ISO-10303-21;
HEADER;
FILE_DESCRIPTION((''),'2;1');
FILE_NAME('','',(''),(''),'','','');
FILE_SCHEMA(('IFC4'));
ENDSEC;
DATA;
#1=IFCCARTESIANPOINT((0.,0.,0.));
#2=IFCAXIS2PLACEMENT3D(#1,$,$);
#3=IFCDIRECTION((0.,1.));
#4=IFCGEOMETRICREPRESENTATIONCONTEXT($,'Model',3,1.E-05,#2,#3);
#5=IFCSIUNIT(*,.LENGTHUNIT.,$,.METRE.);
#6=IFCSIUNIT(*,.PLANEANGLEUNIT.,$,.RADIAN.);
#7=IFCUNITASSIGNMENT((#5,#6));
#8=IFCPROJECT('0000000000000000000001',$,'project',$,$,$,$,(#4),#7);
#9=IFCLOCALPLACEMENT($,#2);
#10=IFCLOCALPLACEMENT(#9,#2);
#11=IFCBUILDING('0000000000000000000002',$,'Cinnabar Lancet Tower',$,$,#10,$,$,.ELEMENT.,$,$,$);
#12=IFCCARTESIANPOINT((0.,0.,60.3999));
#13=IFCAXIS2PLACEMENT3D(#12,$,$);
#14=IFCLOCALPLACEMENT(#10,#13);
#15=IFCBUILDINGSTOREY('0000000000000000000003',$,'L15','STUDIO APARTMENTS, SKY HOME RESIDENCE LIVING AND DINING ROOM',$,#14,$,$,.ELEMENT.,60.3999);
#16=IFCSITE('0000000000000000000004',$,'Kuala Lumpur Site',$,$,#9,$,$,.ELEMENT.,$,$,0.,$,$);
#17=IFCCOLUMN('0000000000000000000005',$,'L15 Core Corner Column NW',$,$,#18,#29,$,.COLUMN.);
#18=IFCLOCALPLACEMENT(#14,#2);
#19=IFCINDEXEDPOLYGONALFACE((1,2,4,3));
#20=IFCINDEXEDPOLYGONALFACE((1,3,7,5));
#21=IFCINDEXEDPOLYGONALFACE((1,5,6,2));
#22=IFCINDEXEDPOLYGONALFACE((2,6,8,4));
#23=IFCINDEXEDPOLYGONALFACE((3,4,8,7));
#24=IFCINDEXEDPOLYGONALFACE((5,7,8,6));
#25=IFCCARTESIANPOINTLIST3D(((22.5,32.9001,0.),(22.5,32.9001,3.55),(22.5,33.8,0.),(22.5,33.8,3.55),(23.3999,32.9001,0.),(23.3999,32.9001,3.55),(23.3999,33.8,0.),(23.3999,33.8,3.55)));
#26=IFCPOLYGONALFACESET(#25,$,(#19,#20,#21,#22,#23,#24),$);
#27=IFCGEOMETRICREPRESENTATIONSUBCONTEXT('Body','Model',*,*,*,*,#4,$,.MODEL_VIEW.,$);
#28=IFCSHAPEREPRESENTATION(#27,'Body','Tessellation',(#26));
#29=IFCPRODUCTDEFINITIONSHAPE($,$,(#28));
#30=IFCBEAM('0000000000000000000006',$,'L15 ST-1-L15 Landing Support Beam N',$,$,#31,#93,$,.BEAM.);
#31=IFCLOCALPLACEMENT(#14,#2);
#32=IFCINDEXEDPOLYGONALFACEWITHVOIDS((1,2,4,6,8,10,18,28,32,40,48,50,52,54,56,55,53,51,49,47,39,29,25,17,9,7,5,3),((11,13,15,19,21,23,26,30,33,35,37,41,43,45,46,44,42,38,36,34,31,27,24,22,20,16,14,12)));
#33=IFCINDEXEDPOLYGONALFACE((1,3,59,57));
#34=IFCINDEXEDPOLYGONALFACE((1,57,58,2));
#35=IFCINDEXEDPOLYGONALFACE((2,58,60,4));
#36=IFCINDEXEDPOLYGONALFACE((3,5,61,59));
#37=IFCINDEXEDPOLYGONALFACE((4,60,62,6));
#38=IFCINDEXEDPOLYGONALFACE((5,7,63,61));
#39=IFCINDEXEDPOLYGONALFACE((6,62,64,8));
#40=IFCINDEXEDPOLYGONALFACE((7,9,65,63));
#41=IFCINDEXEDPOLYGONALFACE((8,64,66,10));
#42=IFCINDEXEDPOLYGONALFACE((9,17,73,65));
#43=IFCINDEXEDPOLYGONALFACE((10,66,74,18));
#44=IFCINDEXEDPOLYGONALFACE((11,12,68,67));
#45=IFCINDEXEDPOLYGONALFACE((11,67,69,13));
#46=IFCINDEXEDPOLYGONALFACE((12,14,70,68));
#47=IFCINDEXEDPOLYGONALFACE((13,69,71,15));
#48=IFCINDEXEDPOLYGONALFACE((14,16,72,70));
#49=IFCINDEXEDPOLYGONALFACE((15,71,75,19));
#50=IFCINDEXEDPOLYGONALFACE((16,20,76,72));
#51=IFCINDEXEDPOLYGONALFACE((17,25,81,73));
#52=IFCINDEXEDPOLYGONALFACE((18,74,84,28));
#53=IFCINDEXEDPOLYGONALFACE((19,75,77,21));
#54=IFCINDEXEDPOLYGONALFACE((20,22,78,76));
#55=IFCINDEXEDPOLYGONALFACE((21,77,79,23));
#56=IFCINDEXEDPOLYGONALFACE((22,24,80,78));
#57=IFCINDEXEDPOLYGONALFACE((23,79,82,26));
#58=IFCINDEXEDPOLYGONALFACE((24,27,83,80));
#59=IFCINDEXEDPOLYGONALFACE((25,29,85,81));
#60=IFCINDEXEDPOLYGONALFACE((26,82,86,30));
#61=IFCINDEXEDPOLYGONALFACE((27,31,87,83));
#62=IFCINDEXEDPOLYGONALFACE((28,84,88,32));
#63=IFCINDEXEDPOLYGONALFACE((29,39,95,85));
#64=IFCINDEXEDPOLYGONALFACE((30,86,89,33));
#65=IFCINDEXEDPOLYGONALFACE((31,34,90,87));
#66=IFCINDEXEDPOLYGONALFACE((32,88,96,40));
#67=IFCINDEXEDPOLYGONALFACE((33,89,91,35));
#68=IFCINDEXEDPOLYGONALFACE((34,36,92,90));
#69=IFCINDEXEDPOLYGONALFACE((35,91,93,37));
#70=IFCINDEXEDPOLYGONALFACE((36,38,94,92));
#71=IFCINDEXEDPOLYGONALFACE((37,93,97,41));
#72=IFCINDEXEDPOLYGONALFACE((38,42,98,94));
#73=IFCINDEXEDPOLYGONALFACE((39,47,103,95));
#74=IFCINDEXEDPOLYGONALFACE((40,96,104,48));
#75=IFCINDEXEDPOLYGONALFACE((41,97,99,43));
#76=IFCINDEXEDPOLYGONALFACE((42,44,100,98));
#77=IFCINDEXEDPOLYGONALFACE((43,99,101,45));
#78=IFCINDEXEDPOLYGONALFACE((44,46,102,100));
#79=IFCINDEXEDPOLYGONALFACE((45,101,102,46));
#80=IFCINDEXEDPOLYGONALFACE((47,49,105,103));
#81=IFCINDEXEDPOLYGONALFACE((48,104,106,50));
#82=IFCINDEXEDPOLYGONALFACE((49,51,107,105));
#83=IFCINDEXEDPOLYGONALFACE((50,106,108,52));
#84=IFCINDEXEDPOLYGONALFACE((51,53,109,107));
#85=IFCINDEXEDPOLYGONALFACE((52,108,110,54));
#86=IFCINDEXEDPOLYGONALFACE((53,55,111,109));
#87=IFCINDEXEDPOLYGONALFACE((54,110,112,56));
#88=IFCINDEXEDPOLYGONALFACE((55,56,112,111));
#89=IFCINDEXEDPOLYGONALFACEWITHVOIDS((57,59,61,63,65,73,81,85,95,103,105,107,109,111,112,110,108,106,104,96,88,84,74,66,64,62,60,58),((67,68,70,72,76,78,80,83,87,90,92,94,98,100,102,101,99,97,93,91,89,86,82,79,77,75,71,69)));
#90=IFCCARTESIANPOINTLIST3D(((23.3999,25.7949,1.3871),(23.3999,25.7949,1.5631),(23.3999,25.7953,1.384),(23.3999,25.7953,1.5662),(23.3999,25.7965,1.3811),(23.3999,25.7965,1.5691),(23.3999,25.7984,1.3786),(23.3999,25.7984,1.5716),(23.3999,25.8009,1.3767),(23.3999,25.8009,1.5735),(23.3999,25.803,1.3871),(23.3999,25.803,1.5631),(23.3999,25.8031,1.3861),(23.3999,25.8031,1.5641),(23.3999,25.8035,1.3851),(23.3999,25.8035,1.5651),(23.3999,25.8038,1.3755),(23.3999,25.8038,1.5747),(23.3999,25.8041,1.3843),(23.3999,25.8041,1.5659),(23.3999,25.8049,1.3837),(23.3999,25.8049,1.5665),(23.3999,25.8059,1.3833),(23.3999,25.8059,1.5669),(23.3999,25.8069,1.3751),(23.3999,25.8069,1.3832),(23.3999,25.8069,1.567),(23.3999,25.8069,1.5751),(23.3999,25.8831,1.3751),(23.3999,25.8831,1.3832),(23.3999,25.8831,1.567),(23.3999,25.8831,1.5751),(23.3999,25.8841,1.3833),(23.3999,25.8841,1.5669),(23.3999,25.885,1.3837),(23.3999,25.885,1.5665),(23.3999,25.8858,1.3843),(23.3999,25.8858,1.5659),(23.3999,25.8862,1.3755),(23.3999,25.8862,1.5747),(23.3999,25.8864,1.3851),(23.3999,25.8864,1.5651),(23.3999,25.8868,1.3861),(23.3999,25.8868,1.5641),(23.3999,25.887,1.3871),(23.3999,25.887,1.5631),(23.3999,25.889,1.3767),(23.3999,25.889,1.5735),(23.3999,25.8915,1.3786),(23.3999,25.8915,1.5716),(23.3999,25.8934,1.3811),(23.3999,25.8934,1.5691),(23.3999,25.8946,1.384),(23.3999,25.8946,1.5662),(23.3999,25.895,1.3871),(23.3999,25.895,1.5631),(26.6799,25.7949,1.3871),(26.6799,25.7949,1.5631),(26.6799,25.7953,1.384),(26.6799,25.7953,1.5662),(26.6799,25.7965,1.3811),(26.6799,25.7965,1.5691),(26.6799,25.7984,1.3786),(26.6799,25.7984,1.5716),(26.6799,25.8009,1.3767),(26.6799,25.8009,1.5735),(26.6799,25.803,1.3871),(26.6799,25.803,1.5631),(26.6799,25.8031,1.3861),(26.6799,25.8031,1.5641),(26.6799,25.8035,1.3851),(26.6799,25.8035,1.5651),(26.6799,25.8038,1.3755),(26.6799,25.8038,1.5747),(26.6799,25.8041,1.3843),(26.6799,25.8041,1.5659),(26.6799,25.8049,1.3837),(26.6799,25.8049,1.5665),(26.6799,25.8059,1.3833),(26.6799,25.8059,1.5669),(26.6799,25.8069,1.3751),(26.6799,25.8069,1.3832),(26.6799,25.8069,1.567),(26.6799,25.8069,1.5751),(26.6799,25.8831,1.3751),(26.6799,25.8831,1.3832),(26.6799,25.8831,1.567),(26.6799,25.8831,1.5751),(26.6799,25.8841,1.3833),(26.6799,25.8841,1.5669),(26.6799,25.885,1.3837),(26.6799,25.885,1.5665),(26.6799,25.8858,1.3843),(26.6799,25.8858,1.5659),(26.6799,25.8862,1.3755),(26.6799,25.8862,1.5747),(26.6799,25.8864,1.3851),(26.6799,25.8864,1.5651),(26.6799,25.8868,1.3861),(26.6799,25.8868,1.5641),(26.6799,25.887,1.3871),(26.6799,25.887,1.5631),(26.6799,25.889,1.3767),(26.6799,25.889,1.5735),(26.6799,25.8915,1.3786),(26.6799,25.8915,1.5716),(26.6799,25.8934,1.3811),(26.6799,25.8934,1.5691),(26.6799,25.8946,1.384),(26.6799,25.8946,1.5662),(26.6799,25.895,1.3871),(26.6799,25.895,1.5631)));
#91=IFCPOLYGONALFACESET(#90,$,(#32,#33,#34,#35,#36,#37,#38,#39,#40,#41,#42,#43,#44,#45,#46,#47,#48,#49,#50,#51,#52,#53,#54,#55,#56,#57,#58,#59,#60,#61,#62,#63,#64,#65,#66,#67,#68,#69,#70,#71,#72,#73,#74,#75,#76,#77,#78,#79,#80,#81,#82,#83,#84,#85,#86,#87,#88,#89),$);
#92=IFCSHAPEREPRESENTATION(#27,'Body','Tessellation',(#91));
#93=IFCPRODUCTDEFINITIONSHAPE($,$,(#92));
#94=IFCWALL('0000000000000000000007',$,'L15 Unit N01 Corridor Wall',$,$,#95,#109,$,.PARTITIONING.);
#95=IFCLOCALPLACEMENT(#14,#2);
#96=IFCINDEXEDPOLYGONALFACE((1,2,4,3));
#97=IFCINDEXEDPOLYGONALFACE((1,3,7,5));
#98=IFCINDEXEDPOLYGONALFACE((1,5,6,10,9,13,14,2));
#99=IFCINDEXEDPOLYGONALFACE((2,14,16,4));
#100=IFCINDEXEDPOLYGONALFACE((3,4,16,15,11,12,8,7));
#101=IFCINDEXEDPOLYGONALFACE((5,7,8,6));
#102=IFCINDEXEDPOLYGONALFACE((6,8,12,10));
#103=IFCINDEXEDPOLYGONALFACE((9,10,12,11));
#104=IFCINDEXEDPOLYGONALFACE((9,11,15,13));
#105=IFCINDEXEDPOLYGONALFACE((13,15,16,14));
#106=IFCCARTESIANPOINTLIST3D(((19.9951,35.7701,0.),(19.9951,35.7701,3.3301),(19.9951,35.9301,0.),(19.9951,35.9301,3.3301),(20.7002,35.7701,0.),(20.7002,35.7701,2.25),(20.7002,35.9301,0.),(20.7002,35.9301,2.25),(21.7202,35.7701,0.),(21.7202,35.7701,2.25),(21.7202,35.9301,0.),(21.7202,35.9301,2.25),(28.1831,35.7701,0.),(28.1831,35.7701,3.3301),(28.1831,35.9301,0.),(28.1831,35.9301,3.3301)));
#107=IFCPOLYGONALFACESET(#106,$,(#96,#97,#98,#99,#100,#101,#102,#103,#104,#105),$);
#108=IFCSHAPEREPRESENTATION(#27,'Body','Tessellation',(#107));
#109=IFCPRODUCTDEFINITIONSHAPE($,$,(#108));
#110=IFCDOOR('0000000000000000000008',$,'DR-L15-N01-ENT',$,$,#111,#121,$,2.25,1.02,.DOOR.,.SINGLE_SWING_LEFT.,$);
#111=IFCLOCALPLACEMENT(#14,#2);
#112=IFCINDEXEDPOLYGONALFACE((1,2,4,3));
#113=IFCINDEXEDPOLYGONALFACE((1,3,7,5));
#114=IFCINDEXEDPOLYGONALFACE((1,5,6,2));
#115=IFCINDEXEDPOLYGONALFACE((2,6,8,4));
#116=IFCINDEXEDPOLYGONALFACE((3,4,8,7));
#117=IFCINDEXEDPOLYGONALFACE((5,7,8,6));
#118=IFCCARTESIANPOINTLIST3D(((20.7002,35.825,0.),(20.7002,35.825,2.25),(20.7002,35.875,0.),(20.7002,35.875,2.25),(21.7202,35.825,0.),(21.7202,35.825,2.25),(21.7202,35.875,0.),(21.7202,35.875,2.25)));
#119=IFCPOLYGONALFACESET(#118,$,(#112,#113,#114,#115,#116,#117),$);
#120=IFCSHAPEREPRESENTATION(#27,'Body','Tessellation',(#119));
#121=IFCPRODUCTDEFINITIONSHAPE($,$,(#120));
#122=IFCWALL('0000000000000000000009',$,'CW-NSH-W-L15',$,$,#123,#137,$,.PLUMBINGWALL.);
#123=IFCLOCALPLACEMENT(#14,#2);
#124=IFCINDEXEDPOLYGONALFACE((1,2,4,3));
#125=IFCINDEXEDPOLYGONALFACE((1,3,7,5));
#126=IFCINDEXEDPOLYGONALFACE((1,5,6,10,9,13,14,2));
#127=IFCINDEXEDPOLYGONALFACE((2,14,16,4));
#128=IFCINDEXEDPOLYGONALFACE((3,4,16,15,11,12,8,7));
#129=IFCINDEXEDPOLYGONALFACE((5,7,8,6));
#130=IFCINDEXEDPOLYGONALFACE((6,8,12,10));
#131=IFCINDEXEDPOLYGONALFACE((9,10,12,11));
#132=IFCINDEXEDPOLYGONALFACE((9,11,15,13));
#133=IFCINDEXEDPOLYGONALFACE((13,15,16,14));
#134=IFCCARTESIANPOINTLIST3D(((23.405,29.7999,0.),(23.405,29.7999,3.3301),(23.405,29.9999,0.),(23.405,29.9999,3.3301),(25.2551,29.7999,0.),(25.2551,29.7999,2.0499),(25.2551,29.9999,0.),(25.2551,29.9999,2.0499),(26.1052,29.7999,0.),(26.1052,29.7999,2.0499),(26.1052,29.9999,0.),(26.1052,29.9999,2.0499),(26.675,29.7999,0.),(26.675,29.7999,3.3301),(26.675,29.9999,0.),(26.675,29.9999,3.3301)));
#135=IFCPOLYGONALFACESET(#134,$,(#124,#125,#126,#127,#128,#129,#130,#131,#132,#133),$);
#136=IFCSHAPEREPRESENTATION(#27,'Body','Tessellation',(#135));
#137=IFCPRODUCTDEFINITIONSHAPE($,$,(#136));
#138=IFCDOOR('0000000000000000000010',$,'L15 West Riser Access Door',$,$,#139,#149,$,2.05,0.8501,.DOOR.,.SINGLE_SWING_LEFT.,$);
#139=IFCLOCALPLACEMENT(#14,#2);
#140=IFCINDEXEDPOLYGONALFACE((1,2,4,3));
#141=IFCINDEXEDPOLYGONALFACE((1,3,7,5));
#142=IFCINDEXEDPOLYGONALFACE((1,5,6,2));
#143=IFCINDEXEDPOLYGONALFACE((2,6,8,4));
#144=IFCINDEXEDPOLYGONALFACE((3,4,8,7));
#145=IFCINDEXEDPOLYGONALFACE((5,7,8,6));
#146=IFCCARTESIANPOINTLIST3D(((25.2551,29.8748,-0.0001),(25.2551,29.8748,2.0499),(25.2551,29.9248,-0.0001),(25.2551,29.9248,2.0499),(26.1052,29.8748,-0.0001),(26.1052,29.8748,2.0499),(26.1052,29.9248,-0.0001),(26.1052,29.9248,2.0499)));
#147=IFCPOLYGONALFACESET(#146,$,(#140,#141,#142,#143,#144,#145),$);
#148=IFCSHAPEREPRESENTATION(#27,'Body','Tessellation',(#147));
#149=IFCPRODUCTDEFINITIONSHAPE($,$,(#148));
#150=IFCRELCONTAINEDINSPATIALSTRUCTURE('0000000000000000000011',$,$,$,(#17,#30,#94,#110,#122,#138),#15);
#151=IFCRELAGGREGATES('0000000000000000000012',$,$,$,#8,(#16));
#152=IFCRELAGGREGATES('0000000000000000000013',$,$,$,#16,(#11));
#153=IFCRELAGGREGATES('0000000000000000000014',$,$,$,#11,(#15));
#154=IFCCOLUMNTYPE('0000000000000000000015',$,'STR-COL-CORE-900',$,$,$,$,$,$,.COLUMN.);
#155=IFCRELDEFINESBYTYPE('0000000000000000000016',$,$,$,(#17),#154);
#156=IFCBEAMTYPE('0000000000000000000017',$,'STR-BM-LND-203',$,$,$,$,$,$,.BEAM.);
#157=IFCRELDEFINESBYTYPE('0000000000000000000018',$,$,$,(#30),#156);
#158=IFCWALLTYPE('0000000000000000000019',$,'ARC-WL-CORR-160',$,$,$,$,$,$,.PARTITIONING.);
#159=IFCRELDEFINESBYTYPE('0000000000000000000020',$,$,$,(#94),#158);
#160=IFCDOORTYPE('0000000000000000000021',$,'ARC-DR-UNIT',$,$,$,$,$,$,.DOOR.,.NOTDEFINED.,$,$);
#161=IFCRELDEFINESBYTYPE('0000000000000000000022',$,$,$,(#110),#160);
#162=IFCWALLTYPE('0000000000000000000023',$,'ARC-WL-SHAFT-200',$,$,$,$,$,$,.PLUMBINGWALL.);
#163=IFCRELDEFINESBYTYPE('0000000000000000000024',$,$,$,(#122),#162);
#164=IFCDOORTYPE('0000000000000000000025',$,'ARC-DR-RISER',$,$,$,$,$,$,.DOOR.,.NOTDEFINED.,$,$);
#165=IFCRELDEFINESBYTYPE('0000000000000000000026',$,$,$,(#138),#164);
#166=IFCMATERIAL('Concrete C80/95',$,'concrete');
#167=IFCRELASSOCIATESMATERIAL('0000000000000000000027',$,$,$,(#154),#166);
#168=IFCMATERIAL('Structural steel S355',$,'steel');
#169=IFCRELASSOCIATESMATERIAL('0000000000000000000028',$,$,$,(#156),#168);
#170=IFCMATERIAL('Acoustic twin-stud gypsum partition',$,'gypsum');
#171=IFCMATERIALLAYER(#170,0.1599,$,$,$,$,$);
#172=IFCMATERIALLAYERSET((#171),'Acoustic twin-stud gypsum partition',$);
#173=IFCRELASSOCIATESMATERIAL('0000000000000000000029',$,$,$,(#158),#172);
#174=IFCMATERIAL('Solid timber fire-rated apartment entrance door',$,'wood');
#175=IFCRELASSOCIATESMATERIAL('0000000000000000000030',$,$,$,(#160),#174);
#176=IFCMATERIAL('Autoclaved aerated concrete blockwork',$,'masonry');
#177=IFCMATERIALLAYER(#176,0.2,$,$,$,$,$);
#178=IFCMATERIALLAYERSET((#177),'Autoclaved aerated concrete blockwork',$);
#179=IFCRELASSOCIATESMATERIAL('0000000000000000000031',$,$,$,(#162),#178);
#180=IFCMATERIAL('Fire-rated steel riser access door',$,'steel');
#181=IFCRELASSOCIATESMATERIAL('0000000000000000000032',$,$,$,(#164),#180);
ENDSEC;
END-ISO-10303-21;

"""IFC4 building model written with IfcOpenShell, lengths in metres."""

from ifc_helpers import new_model, si_unit, direction, frame, frame_2d, origin, origin_2d, place, context, subcontext, project, spatial, rectangle, hollow_rectangle, extrude, material, layer, layer_set, material_profile, profile_set, type_object, element, fill, save


model = new_model("IFC4")

# Units and contexts
model_context = context("Model", 3, precision=1e-05, world=origin(), true_north=direction((0.0, 1.0)))
body_context = subcontext(model_context, "Body", "Model", "MODEL_VIEW")
ifc_project = project(units=[si_unit("LENGTHUNIT", "METRE"), si_unit("PLANEANGLEUNIT", "RADIAN")], contexts=[model_context])

# Site, building, storey
site_placement = place(None, origin())
site = spatial("IfcSite", under=ifc_project, at=site_placement, Name="Kuala Lumpur Site", CompositionType="ELEMENT", RefElevation=0.0)
building_placement = place(site_placement, origin())
building = spatial("IfcBuilding", under=site, at=building_placement, Name="Cinnabar Lancet Tower", CompositionType="ELEMENT")
storey_placement = place(building_placement, frame((0.0, 0.0, 60.3999)))
storey = spatial("IfcBuildingStorey", under=building, at=storey_placement, Name="L15", Description="STUDIO APARTMENTS, SKY HOME RESIDENCE LIVING AND DINING ROOM", CompositionType="ELEMENT", Elevation=60.3999)

# Column
ifc_material_1 = material(Name="Concrete C80/95", Category="concrete")
ifc_material_profile_1 = material_profile(ifc_material_1, rectangle(XDim=0.8999, YDim=0.8999, at=origin_2d()), Name="RC-COL 900x900")
ifc_profile_set_1 = profile_set([ifc_material_profile_1], Name="Concrete C80/95")
column_type = type_object("IfcColumnType", Name="STR-COL-CORE-900", PredefinedType="COLUMN", material=ifc_profile_set_1)
column_placement = place(storey_placement, frame((22.95, 33.3501, 0.0), z_axis=(0.0, 0.0, 1.0), x_axis=(1.0, 0.0, 0.0)))
element("IfcColumn", 1, at=column_placement, inside=storey, type_object=column_type, Name="L15 Core Corner Column NW", PredefinedType="COLUMN", context=body_context, shape_type="SweptSolid", body=[
    extrude(rectangle(XDim=0.8999, YDim=0.8999, at=origin_2d()), origin(), (0.0, 0.0, 1.0), 3.55),
])

# Beam
ifc_material_2 = material(Name="Structural steel S355", Category="steel")
ifc_material_profile_2 = material_profile(ifc_material_2, hollow_rectangle(XDim=0.1001, YDim=0.2, WallThickness=0.0081, InnerFilletRadius=0.0039, OuterFilletRadius=0.012, at=origin_2d()), Name="RHS 200x100x8")
ifc_profile_set_2 = profile_set([ifc_material_profile_2], Name="Structural steel S355")
beam_type = type_object("IfcBeamType", Name="STR-BM-LND-203", PredefinedType="BEAM", material=ifc_profile_set_2)
beam_placement = place(storey_placement, frame((23.3999, 25.845, 1.4751), z_axis=(1.0, 0.0, 0.0), x_axis=(0.0, 1.0, 0.0)))
element("IfcBeam", 2, at=beam_placement, inside=storey, type_object=beam_type, Name="L15 ST-1-L15 Landing Support Beam N", PredefinedType="BEAM", context=body_context, shape_type="SweptSolid", body=[
    extrude(hollow_rectangle(XDim=0.1001, YDim=0.2, WallThickness=0.0081, InnerFilletRadius=0.0039, OuterFilletRadius=0.012, at=origin_2d()), origin(), (0.0, 0.0, 1.0), 3.28),
])

# Walls, openings, doors
ifc_material_3 = material(Name="Acoustic twin-stud gypsum partition", Category="gypsum")
ifc_layer_1 = layer(ifc_material_3, 0.1599)
ifc_layer_set_1 = layer_set([ifc_layer_1], Name="Acoustic twin-stud gypsum partition")
wall_type_1 = type_object("IfcWallType", Name="ARC-WL-CORR-160", PredefinedType="PARTITIONING", material=ifc_layer_set_1)
wall_1_placement = place(storey_placement, frame((19.9951, 35.8501, 0.0), z_axis=(0.0, 0.0, 1.0), x_axis=(1.0, 0.0, 0.0)))
wall_1 = element("IfcWall", 3, at=wall_1_placement, inside=storey, type_object=wall_type_1, Name="L15 Unit N01 Corridor Wall", PredefinedType="PARTITIONING", context=body_context, shape_type="SweptSolid", body=[
    extrude(rectangle(XDim=8.188, YDim=0.1599, at=frame_2d((4.094, 0.0))), origin(), (0.0, 0.0, 1.0), 3.3301),
])
opening_1_placement = place(wall_1_placement, frame((0.7051, 0.0, 0.0)))
opening_1 = element("IfcOpeningElement", 4, at=opening_1_placement, cuts=wall_1, PredefinedType="OPENING", context=body_context, shape_type="SweptSolid", body=[
    extrude(rectangle(XDim=1.02, YDim=2.25, at=frame_2d((0.51, 1.125))), frame((0.0, 0.0898, 0.0), z_axis=(0.0, -1.0, 0.0), x_axis=(1.0, 0.0, 0.0)), (0.0, 0.0, 1.0), 0.1799),
])
ifc_material_4 = material(Name="Solid timber fire-rated apartment entrance door", Category="wood")
door_type_1 = type_object("IfcDoorType", Name="ARC-DR-UNIT", OperationType="NOTDEFINED", PredefinedType="DOOR", material=ifc_material_4)
door_1_placement = place(opening_1_placement, origin())
door_1 = element("IfcDoor", 5, at=door_1_placement, inside=storey, type_object=door_type_1, Name="DR-L15-N01-ENT", OperationType="SINGLE_SWING_LEFT", OverallHeight=2.25, OverallWidth=1.02, PredefinedType="DOOR", context=body_context, shape_type="SweptSolid", body=[
    extrude(rectangle(XDim=1.02, YDim=2.25, at=frame_2d((0.51, 1.125))), frame((0.0, 0.0249, 0.0), z_axis=(0.0, -1.0, 0.0), x_axis=(1.0, 0.0, 0.0)), (0.0, 0.0, 1.0), 0.05),
])
fill(opening_1, door_1)
ifc_material_5 = material(Name="Autoclaved aerated concrete blockwork", Category="masonry")
ifc_layer_2 = layer(ifc_material_5, 0.2)
ifc_layer_set_2 = layer_set([ifc_layer_2], Name="Autoclaved aerated concrete blockwork")
wall_type_2 = type_object("IfcWallType", Name="ARC-WL-SHAFT-200", PredefinedType="PLUMBINGWALL", material=ifc_layer_set_2)
wall_2_placement = place(storey_placement, frame((23.405, 29.8999, 0.0), z_axis=(0.0, 0.0, 1.0), x_axis=(1.0, 0.0, 0.0)))
wall_2 = element("IfcWall", 6, at=wall_2_placement, inside=storey, type_object=wall_type_2, Name="CW-NSH-W-L15", PredefinedType="PLUMBINGWALL", context=body_context, shape_type="SweptSolid", body=[
    extrude(rectangle(XDim=3.27, YDim=0.2, at=frame_2d((1.635, 0.0))), origin(), (0.0, 0.0, 1.0), 3.3301),
])
opening_2_placement = place(wall_2_placement, frame((1.8501, 0.0, 0.0)))
opening_2 = element("IfcOpeningElement", 7, at=opening_2_placement, cuts=wall_2, PredefinedType="OPENING", context=body_context, shape_type="SweptSolid", body=[
    extrude(rectangle(XDim=0.8501, YDim=2.05, at=frame_2d((0.425, 1.0249))), frame((0.0, 0.1099, 0.0), z_axis=(0.0, -1.0, 0.0), x_axis=(1.0, 0.0, 0.0)), (0.0, 0.0, 1.0), 0.22),
])
ifc_material_6 = material(Name="Fire-rated steel riser access door", Category="steel")
door_type_2 = type_object("IfcDoorType", Name="ARC-DR-RISER", OperationType="NOTDEFINED", PredefinedType="DOOR", material=ifc_material_6)
door_2_placement = place(opening_2_placement, origin())
door_2 = element("IfcDoor", 8, at=door_2_placement, inside=storey, type_object=door_type_2, Name="L15 West Riser Access Door", OperationType="SINGLE_SWING_LEFT", OverallHeight=2.05, OverallWidth=0.8501, PredefinedType="DOOR", context=body_context, shape_type="SweptSolid", body=[
    extrude(rectangle(XDim=0.8501, YDim=2.05, at=frame_2d((0.425, 1.0249))), frame((0.0, 0.0249, 0.0), z_axis=(0.0, -1.0, 0.0), x_axis=(1.0, 0.0, 0.0)), (0.0, 0.0, 1.0), 0.05),
])
fill(opening_2, door_2)

save(model, "model.ifc")
